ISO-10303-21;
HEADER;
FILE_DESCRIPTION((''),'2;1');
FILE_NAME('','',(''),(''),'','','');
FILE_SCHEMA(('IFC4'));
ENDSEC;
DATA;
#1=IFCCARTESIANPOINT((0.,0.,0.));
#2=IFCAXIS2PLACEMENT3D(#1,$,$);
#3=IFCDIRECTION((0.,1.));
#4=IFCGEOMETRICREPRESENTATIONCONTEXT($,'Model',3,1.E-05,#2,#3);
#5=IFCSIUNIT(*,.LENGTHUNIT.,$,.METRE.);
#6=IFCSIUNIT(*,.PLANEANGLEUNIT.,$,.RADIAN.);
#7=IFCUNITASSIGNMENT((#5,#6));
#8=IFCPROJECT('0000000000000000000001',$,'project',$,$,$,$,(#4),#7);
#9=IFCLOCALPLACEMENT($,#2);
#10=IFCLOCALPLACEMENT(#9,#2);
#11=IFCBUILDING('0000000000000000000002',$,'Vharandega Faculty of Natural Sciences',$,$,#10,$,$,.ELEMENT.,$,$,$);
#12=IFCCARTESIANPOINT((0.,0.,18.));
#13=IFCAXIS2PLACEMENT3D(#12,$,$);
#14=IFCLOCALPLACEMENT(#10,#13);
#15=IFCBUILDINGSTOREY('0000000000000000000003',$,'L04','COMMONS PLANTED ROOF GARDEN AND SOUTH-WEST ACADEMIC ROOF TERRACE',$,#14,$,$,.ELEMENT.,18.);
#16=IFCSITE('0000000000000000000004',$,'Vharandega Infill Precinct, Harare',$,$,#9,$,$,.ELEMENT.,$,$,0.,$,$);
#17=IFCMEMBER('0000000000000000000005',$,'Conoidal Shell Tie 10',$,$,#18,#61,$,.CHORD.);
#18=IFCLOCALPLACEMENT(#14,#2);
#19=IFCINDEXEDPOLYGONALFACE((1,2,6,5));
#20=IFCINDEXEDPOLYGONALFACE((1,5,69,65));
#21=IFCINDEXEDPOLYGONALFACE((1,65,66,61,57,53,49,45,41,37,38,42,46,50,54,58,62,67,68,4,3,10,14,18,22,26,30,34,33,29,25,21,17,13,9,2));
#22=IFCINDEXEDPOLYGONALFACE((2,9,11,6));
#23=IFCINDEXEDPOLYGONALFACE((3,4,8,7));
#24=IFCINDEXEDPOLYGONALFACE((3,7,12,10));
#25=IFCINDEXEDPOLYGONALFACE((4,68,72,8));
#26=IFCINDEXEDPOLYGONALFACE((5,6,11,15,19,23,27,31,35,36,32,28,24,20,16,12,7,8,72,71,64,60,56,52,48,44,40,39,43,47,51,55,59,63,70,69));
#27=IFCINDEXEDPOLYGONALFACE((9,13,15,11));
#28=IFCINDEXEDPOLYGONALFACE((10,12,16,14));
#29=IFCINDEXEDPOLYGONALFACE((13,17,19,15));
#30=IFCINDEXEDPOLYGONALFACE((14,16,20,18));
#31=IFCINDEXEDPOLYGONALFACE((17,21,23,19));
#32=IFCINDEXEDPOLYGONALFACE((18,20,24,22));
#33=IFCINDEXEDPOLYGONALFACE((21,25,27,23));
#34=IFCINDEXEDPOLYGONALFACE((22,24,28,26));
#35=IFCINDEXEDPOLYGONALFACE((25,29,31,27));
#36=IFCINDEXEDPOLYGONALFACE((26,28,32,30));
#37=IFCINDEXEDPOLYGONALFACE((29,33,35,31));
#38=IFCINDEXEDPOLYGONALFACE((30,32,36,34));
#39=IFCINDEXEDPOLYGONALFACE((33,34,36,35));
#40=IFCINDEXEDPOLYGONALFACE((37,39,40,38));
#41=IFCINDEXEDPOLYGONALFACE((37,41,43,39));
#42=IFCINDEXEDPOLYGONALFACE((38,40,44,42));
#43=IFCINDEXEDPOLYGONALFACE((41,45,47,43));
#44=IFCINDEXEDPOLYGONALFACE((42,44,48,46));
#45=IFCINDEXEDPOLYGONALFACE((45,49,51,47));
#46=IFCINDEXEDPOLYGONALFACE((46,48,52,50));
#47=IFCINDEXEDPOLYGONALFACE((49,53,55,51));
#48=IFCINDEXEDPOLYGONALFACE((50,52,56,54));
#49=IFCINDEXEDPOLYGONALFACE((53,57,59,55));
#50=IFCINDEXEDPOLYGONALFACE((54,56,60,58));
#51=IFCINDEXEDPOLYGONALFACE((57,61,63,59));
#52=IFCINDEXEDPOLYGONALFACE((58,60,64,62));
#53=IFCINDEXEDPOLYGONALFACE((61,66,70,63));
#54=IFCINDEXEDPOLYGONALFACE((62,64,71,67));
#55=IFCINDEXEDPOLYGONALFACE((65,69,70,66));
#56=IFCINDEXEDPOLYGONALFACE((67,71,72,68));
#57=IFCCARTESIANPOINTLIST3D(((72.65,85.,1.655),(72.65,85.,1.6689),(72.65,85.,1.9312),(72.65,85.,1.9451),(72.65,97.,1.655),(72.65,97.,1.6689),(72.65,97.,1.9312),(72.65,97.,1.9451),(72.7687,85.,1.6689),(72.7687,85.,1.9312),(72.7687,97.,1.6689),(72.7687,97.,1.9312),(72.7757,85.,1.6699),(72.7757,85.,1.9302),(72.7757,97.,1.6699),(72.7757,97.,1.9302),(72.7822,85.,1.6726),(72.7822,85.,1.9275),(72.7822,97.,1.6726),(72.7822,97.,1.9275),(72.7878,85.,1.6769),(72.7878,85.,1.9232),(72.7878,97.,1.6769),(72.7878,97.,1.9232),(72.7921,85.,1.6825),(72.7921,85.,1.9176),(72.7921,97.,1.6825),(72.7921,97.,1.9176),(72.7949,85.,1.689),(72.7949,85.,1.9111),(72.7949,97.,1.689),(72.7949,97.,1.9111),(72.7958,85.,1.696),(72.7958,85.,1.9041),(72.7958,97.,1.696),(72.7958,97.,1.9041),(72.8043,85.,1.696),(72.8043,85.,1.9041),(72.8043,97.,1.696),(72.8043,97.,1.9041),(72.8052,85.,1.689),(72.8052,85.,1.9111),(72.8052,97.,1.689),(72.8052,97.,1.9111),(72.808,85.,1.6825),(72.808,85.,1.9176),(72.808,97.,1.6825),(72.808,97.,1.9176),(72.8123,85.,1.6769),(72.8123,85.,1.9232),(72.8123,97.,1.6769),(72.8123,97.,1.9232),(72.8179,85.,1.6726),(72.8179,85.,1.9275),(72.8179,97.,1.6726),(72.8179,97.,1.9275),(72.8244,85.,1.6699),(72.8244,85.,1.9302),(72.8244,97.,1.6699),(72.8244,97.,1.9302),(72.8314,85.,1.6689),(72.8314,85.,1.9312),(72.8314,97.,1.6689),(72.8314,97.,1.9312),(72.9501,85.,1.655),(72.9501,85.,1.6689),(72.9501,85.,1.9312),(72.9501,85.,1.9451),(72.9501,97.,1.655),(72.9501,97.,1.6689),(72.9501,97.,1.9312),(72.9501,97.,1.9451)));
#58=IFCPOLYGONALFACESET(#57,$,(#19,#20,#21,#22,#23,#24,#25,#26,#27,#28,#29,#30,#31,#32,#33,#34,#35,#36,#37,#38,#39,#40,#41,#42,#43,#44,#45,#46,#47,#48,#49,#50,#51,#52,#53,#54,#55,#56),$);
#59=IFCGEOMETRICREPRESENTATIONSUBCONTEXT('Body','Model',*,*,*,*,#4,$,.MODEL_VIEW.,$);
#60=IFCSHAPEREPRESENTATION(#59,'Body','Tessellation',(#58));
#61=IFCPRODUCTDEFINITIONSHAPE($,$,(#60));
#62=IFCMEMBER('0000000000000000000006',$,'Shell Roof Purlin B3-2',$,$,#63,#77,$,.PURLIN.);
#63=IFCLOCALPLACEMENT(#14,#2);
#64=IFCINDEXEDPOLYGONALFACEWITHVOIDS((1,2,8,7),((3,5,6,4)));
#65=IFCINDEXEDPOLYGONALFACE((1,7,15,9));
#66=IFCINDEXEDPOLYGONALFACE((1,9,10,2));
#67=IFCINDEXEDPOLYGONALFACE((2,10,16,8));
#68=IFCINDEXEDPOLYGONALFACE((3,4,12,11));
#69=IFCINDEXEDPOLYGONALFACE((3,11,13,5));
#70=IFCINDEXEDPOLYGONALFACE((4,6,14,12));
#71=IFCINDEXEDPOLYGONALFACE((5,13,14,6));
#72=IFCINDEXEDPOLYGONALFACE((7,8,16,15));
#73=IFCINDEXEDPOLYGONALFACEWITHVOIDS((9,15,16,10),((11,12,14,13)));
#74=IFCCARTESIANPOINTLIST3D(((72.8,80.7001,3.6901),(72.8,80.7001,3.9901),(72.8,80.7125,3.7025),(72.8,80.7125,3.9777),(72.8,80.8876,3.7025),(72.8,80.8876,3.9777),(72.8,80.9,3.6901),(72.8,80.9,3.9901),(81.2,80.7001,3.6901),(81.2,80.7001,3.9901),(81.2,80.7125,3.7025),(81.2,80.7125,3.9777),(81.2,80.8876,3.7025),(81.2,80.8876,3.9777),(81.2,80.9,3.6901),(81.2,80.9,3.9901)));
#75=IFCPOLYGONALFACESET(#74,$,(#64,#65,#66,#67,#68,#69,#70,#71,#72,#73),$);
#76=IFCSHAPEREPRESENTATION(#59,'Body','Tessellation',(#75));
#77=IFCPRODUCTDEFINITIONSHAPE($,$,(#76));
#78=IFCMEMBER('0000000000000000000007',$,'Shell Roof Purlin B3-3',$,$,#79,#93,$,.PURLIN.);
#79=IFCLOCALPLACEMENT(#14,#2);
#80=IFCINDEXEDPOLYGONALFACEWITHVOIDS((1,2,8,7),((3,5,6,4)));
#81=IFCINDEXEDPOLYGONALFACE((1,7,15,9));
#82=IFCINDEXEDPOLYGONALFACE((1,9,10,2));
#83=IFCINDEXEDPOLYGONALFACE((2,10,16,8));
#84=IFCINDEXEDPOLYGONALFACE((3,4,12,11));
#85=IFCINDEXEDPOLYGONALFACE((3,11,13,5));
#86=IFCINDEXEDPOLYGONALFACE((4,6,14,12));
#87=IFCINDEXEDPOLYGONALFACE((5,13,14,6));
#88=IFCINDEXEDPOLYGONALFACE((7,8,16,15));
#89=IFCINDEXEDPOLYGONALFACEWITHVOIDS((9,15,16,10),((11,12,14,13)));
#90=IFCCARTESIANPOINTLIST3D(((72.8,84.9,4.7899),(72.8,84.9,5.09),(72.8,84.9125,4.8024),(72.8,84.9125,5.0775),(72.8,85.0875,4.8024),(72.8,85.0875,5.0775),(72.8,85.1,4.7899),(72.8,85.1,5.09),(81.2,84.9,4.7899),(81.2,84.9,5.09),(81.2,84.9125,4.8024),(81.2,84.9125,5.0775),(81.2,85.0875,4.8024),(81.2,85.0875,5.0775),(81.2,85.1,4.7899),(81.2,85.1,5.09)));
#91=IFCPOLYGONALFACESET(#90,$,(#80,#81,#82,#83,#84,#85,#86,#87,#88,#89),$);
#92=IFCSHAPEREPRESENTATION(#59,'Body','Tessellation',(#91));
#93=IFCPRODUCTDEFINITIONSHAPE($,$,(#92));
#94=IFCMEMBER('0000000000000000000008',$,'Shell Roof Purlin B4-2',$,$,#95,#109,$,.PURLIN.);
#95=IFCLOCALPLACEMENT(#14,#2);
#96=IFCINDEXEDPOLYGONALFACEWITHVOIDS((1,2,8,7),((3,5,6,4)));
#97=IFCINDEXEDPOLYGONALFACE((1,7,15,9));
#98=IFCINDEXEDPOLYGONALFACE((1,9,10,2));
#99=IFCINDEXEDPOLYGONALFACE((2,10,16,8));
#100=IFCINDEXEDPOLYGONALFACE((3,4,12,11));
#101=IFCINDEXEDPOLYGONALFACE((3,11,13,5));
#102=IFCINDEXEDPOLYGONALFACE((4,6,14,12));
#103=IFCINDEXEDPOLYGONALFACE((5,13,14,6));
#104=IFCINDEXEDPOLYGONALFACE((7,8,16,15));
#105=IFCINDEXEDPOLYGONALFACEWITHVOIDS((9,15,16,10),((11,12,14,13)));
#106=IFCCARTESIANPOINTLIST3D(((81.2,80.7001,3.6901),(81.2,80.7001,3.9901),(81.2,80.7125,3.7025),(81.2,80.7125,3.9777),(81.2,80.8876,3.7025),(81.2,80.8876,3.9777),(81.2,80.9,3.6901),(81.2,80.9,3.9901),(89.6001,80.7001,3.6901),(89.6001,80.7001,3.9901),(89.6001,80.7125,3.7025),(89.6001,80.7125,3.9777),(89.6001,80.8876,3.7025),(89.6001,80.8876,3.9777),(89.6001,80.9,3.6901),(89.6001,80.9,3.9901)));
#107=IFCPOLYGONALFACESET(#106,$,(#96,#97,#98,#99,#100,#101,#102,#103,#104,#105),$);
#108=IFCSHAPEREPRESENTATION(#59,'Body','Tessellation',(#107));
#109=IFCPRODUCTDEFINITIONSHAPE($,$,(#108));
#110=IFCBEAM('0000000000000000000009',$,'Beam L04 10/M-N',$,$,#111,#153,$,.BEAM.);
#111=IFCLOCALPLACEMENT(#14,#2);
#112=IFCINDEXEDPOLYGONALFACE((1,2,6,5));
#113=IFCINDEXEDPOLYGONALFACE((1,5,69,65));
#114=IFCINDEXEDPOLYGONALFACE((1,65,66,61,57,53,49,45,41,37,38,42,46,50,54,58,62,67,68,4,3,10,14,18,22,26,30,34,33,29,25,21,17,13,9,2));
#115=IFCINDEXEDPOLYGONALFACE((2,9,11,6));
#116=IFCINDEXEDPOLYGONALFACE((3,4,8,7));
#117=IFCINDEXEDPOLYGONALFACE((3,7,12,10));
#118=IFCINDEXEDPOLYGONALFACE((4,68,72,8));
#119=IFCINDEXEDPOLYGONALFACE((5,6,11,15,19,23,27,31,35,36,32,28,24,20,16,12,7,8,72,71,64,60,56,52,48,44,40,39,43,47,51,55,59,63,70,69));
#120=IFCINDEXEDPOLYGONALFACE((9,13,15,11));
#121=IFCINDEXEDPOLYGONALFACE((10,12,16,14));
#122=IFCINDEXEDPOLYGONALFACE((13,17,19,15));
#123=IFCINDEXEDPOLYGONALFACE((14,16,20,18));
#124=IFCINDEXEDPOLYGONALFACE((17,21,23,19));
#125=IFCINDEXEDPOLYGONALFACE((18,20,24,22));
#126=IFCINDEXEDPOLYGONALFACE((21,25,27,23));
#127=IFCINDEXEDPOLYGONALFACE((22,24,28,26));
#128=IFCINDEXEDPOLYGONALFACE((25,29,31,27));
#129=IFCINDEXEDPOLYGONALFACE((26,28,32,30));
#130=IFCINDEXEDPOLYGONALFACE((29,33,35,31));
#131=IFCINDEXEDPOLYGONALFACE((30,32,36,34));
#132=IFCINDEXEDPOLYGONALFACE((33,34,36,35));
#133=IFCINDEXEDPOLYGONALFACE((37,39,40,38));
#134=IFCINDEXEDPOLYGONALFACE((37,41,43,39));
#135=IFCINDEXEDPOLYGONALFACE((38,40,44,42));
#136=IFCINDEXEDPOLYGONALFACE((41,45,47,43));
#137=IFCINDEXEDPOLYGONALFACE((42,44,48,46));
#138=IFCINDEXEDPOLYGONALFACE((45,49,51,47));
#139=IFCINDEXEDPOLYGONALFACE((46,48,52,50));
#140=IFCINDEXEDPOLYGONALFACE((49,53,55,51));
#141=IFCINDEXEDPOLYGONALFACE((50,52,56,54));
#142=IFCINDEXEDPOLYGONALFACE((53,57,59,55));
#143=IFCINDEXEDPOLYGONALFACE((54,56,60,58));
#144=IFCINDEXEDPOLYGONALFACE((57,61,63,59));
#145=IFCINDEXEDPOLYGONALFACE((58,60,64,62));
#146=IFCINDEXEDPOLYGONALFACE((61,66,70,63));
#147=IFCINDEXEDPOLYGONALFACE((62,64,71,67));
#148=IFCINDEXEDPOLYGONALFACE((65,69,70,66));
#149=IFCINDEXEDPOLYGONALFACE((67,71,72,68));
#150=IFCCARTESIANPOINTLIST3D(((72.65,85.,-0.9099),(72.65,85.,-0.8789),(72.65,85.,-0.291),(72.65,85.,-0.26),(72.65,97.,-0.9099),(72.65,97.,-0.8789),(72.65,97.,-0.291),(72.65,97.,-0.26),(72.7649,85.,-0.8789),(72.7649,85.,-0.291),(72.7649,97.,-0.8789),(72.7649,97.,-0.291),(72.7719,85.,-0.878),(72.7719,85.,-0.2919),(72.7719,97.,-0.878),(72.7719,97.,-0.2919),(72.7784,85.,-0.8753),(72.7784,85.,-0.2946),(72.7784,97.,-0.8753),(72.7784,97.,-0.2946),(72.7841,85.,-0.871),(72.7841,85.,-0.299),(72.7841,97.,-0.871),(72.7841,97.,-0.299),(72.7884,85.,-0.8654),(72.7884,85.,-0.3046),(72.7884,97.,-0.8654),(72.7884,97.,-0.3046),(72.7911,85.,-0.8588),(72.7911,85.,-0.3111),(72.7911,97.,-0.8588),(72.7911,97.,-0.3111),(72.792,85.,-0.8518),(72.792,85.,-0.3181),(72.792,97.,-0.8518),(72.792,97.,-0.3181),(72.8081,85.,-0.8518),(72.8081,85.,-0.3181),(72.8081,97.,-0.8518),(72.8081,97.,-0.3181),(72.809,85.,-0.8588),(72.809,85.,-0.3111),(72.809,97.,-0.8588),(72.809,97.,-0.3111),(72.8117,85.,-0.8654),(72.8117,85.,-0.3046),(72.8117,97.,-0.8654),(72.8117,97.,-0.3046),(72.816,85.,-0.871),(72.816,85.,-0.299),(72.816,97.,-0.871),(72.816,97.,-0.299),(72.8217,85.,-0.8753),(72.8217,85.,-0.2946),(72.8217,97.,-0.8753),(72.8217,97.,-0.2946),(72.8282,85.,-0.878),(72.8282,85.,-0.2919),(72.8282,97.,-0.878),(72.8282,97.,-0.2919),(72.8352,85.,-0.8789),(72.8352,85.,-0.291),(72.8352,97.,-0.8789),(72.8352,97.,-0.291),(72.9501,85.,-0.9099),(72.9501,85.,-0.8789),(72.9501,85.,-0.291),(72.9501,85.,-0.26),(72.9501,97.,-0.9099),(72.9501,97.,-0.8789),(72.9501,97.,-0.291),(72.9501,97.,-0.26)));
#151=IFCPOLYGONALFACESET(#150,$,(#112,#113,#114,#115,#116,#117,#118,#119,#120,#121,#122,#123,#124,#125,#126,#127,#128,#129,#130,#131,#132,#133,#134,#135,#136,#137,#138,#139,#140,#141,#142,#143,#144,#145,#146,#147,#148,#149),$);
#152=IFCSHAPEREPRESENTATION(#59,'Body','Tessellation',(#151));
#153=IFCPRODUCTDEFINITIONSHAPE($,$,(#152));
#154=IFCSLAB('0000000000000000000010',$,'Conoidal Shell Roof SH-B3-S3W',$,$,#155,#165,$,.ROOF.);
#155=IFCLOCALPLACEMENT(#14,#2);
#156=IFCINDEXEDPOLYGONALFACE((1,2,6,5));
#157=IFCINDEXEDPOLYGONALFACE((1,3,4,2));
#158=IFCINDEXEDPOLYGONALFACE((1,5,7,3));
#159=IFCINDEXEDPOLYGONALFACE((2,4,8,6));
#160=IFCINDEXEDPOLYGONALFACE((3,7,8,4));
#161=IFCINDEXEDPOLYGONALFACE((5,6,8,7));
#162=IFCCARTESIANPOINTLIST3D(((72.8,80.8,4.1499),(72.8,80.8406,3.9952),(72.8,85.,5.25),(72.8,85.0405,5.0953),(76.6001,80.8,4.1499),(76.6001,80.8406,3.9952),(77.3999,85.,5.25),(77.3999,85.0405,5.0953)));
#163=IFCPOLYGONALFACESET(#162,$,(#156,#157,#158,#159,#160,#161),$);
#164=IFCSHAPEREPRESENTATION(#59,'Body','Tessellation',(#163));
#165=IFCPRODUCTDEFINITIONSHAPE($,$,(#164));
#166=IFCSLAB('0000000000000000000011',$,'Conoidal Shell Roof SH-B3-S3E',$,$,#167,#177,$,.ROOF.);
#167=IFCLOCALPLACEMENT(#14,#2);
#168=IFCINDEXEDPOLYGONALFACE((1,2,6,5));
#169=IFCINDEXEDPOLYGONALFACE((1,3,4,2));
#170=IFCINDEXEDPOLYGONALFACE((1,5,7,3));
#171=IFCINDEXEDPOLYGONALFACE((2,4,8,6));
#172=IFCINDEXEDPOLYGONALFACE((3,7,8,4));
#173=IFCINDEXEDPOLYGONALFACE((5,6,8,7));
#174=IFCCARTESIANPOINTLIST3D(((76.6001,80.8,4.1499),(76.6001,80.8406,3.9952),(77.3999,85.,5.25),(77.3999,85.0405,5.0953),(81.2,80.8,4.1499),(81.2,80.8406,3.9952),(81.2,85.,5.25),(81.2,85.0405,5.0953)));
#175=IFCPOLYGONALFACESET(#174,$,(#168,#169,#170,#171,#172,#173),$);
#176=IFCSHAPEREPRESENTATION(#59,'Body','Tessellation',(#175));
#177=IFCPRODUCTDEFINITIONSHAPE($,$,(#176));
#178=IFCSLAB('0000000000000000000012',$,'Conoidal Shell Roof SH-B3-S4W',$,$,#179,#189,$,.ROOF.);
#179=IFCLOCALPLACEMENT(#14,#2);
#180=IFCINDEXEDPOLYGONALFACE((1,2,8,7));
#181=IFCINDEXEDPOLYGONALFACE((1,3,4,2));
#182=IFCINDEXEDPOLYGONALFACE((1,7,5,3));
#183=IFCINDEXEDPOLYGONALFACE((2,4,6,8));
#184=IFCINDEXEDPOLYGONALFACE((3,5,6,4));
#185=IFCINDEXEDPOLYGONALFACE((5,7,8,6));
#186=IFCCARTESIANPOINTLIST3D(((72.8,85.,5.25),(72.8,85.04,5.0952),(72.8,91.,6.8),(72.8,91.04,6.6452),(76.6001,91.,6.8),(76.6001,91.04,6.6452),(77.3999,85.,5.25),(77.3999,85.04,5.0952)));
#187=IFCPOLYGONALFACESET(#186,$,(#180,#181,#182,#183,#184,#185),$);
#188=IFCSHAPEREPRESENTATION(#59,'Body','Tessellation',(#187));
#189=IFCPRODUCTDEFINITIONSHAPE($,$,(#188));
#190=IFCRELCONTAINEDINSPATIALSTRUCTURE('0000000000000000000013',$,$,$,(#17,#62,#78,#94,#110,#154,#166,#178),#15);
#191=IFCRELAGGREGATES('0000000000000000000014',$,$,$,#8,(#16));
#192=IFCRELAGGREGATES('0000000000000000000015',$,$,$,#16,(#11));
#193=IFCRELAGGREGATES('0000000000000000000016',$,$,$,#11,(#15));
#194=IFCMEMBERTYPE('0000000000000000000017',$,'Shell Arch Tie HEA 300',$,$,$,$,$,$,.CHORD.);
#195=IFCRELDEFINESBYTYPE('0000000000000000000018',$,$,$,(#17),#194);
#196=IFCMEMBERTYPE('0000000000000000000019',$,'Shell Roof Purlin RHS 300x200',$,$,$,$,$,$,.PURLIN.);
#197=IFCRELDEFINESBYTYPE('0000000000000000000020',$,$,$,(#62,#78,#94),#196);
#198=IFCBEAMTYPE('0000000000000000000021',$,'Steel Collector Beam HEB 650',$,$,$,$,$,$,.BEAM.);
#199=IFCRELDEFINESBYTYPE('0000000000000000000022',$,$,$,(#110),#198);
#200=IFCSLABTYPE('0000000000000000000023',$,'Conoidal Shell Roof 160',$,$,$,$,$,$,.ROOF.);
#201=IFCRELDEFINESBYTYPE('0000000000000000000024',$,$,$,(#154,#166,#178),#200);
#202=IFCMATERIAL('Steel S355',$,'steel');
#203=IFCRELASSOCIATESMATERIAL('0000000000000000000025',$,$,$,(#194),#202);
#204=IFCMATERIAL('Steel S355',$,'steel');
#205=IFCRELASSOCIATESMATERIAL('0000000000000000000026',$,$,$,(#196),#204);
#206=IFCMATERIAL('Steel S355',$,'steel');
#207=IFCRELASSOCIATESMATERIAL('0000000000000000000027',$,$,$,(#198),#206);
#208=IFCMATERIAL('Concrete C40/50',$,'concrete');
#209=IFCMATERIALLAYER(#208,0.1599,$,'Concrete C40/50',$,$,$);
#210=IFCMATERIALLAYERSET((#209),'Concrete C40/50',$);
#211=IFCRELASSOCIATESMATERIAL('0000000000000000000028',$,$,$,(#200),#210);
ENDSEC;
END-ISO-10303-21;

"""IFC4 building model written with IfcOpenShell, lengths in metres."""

from ifc_helpers import new_model, si_unit, direction, frame, origin, origin_2d, place, context, subcontext, project, spatial, polyline, hollow_rectangle, i_section, outline, extrude, material, layer, layer_set, material_profile, profile_set, type_object, element, save


model = new_model("IFC4")

# Units and contexts
model_context = context("Model", 3, precision=1e-05, world=origin(), true_north=direction((0.0, 1.0)))
body_context = subcontext(model_context, "Body", "Model", "MODEL_VIEW")
ifc_project = project(units=[si_unit("LENGTHUNIT", "METRE"), si_unit("PLANEANGLEUNIT", "RADIAN")], contexts=[model_context])

# Site, building, storey
site_placement = place(None, origin())
site = spatial("IfcSite", under=ifc_project, at=site_placement, Name="Vharandega Infill Precinct, Harare", CompositionType="ELEMENT", RefElevation=0.0)
building_placement = place(site_placement, origin())
building = spatial("IfcBuilding", under=site, at=building_placement, Name="Vharandega Faculty of Natural Sciences", CompositionType="ELEMENT")
storey_placement = place(building_placement, frame((0.0, 0.0, 18.0)))
storey = spatial("IfcBuildingStorey", under=building, at=storey_placement, Name="L04", Description="COMMONS PLANTED ROOF GARDEN AND SOUTH-WEST ACADEMIC ROOF TERRACE", CompositionType="ELEMENT", Elevation=18.0)

# Members
ifc_material_1 = material(Name="Steel S355", Category="steel")
ifc_material_profile_1 = material_profile(ifc_material_1, i_section(OverallWidth=0.3, OverallDepth=0.29, WebThickness=0.0085, FlangeThickness=0.0139, FilletRadius=0.0271, at=origin_2d()), Name="HEA 300")
ifc_profile_set_1 = profile_set([ifc_material_profile_1], Name="Steel S355")
member_type_1 = type_object("IfcMemberType", Name="Shell Arch Tie HEA 300", PredefinedType="CHORD", material=ifc_profile_set_1)
member_1_placement = place(storey_placement, frame((72.8, 85.0, 1.8), z_axis=(0.0, 1.0, 0.0), x_axis=(-1.0, 0.0, 0.0)))
element("IfcMember", 1, at=member_1_placement, inside=storey, type_object=member_type_1, Name="Conoidal Shell Tie 10", PredefinedType="CHORD", context=body_context, shape_type="SweptSolid", body=[
    extrude(i_section(OverallWidth=0.3, OverallDepth=0.29, WebThickness=0.0085, FlangeThickness=0.0139, FilletRadius=0.0271, at=origin_2d()), origin(), (0.0, 0.0, 1.0), 12.0),
])
ifc_material_2 = material(Name="Steel S355", Category="steel")
ifc_material_profile_2 = material_profile(ifc_material_2, hollow_rectangle(XDim=0.2, YDim=0.3, WallThickness=0.0125, at=origin_2d()), Name="RHS 300x200x12.5")
ifc_profile_set_2 = profile_set([ifc_material_profile_2], Name="Steel S355")
member_type_2 = type_object("IfcMemberType", Name="Shell Roof Purlin RHS 300x200", PredefinedType="PURLIN", material=ifc_profile_set_2)
for number, where, z_axis, x_axis, name in (
    (2, (72.8, 80.8, 3.8401), (1.0, 0.0, 0.0), (0.0, 1.0, 0.0), "Shell Roof Purlin B3-2"),
    (3, (72.8, 85.0, 4.9399), (1.0, 0.0, 0.0), (0.0, 1.0, 0.0), "Shell Roof Purlin B3-3"),
):
    element("IfcMember", number, at=place(storey_placement, frame(where, z_axis=z_axis, x_axis=x_axis)), inside=storey, type_object=member_type_2, Name=name, PredefinedType="PURLIN", context=body_context, shape_type="SweptSolid", body=[
        extrude(hollow_rectangle(XDim=0.2, YDim=0.3, WallThickness=0.0125, at=origin_2d()), origin(), (0.0, 0.0, 1.0), 8.3999),
    ])
member_2_placement = place(storey_placement, frame((81.2, 80.8, 3.8401), z_axis=(1.0, 0.0, 0.0), x_axis=(0.0, 1.0, 0.0)))
element("IfcMember", 4, at=member_2_placement, inside=storey, type_object=member_type_2, Name="Shell Roof Purlin B4-2", PredefinedType="PURLIN", context=body_context, shape_type="SweptSolid", body=[
    extrude(hollow_rectangle(XDim=0.2, YDim=0.3, WallThickness=0.0125, at=origin_2d()), origin(), (0.0, 0.0, 1.0), 8.4001),
])

# Beam
ifc_material_3 = material(Name="Steel S355", Category="steel")
ifc_material_profile_3 = material_profile(ifc_material_3, i_section(OverallWidth=0.3, OverallDepth=0.6499, WebThickness=0.0161, FlangeThickness=0.031, FilletRadius=0.0271, at=origin_2d()), Name="HEB 650")
ifc_profile_set_3 = profile_set([ifc_material_profile_3], Name="Steel S355")
beam_type_1 = type_object("IfcBeamType", Name="Steel Collector Beam HEB 650", PredefinedType="BEAM", material=ifc_profile_set_3)
beam_1_placement = place(storey_placement, frame((72.8, 85.0, -0.585), z_axis=(0.0, 1.0, 0.0), x_axis=(-1.0, 0.0, 0.0)))
element("IfcBeam", 5, at=beam_1_placement, inside=storey, type_object=beam_type_1, Name="Beam L04 10/M-N", PredefinedType="BEAM", context=body_context, shape_type="SweptSolid", body=[
    extrude(i_section(OverallWidth=0.3, OverallDepth=0.6499, WebThickness=0.0161, FlangeThickness=0.031, FilletRadius=0.0271, at=origin_2d()), origin(), (0.0, 0.0, 1.0), 12.0),
])

# Slabs
ifc_material_4 = material(Name="Concrete C40/50", Category="concrete")
ifc_layer_1 = layer(ifc_material_4, 0.1599, Name="Concrete C40/50")
ifc_layer_set_1 = layer_set([ifc_layer_1], Name="Concrete C40/50")
slab_type = type_object("IfcSlabType", Name="Conoidal Shell Roof 160", PredefinedType="ROOF", material=ifc_layer_set_1)
slab_1_placement = place(storey_placement, frame((72.8, 80.8, 4.1499), z_axis=(0.0, -0.253383, 0.967366), x_axis=(1.0, 0.0, 0.0)))
element("IfcSlab", 6, at=slab_1_placement, inside=storey, type_object=slab_type, Name="Conoidal Shell Roof SH-B3-S3W", PredefinedType="ROOF", context=body_context, shape_type="SweptSolid", body=[
    extrude(outline(polyline([(0.0, 0.0), (3.8, 0.0), (4.5999, 4.3416), (0.0, 4.3416), (0.0, 0.0)])), origin(), (0.0, 0.0, -1.0), 0.1599),
])
slab_2_placement = place(storey_placement, frame((76.6001, 80.8, 4.1499), z_axis=(0.0, -0.253383, 0.967366), x_axis=(1.0, 0.0, 0.0)))
element("IfcSlab", 7, at=slab_2_placement, inside=storey, type_object=slab_type, Name="Conoidal Shell Roof SH-B3-S3E", PredefinedType="ROOF", context=body_context, shape_type="SweptSolid", body=[
    extrude(outline(polyline([(0.0, 0.0), (4.5999, 0.0), (4.5999, 4.3416), (0.7998, 4.3416), (0.0, 0.0)])), origin(), (0.0, 0.0, -1.0), 0.1599),
])
slab_3_placement = place(storey_placement, frame((72.8, 85.0, 5.25), z_axis=(0.0, -0.250129, 0.968212), x_axis=(1.0, 0.0, 0.0)))
element("IfcSlab", 8, at=slab_3_placement, inside=storey, type_object=slab_type, Name="Conoidal Shell Roof SH-B3-S4W", PredefinedType="ROOF", context=body_context, shape_type="SweptSolid", body=[
    extrude(outline(polyline([(0.0, 0.0), (4.5999, 0.0), (3.8, 6.197), (0.0, 6.197), (0.0, 0.0)])), origin(), (0.0, 0.0, -1.0), 0.1599),
])

save(model, "model.ifc")
